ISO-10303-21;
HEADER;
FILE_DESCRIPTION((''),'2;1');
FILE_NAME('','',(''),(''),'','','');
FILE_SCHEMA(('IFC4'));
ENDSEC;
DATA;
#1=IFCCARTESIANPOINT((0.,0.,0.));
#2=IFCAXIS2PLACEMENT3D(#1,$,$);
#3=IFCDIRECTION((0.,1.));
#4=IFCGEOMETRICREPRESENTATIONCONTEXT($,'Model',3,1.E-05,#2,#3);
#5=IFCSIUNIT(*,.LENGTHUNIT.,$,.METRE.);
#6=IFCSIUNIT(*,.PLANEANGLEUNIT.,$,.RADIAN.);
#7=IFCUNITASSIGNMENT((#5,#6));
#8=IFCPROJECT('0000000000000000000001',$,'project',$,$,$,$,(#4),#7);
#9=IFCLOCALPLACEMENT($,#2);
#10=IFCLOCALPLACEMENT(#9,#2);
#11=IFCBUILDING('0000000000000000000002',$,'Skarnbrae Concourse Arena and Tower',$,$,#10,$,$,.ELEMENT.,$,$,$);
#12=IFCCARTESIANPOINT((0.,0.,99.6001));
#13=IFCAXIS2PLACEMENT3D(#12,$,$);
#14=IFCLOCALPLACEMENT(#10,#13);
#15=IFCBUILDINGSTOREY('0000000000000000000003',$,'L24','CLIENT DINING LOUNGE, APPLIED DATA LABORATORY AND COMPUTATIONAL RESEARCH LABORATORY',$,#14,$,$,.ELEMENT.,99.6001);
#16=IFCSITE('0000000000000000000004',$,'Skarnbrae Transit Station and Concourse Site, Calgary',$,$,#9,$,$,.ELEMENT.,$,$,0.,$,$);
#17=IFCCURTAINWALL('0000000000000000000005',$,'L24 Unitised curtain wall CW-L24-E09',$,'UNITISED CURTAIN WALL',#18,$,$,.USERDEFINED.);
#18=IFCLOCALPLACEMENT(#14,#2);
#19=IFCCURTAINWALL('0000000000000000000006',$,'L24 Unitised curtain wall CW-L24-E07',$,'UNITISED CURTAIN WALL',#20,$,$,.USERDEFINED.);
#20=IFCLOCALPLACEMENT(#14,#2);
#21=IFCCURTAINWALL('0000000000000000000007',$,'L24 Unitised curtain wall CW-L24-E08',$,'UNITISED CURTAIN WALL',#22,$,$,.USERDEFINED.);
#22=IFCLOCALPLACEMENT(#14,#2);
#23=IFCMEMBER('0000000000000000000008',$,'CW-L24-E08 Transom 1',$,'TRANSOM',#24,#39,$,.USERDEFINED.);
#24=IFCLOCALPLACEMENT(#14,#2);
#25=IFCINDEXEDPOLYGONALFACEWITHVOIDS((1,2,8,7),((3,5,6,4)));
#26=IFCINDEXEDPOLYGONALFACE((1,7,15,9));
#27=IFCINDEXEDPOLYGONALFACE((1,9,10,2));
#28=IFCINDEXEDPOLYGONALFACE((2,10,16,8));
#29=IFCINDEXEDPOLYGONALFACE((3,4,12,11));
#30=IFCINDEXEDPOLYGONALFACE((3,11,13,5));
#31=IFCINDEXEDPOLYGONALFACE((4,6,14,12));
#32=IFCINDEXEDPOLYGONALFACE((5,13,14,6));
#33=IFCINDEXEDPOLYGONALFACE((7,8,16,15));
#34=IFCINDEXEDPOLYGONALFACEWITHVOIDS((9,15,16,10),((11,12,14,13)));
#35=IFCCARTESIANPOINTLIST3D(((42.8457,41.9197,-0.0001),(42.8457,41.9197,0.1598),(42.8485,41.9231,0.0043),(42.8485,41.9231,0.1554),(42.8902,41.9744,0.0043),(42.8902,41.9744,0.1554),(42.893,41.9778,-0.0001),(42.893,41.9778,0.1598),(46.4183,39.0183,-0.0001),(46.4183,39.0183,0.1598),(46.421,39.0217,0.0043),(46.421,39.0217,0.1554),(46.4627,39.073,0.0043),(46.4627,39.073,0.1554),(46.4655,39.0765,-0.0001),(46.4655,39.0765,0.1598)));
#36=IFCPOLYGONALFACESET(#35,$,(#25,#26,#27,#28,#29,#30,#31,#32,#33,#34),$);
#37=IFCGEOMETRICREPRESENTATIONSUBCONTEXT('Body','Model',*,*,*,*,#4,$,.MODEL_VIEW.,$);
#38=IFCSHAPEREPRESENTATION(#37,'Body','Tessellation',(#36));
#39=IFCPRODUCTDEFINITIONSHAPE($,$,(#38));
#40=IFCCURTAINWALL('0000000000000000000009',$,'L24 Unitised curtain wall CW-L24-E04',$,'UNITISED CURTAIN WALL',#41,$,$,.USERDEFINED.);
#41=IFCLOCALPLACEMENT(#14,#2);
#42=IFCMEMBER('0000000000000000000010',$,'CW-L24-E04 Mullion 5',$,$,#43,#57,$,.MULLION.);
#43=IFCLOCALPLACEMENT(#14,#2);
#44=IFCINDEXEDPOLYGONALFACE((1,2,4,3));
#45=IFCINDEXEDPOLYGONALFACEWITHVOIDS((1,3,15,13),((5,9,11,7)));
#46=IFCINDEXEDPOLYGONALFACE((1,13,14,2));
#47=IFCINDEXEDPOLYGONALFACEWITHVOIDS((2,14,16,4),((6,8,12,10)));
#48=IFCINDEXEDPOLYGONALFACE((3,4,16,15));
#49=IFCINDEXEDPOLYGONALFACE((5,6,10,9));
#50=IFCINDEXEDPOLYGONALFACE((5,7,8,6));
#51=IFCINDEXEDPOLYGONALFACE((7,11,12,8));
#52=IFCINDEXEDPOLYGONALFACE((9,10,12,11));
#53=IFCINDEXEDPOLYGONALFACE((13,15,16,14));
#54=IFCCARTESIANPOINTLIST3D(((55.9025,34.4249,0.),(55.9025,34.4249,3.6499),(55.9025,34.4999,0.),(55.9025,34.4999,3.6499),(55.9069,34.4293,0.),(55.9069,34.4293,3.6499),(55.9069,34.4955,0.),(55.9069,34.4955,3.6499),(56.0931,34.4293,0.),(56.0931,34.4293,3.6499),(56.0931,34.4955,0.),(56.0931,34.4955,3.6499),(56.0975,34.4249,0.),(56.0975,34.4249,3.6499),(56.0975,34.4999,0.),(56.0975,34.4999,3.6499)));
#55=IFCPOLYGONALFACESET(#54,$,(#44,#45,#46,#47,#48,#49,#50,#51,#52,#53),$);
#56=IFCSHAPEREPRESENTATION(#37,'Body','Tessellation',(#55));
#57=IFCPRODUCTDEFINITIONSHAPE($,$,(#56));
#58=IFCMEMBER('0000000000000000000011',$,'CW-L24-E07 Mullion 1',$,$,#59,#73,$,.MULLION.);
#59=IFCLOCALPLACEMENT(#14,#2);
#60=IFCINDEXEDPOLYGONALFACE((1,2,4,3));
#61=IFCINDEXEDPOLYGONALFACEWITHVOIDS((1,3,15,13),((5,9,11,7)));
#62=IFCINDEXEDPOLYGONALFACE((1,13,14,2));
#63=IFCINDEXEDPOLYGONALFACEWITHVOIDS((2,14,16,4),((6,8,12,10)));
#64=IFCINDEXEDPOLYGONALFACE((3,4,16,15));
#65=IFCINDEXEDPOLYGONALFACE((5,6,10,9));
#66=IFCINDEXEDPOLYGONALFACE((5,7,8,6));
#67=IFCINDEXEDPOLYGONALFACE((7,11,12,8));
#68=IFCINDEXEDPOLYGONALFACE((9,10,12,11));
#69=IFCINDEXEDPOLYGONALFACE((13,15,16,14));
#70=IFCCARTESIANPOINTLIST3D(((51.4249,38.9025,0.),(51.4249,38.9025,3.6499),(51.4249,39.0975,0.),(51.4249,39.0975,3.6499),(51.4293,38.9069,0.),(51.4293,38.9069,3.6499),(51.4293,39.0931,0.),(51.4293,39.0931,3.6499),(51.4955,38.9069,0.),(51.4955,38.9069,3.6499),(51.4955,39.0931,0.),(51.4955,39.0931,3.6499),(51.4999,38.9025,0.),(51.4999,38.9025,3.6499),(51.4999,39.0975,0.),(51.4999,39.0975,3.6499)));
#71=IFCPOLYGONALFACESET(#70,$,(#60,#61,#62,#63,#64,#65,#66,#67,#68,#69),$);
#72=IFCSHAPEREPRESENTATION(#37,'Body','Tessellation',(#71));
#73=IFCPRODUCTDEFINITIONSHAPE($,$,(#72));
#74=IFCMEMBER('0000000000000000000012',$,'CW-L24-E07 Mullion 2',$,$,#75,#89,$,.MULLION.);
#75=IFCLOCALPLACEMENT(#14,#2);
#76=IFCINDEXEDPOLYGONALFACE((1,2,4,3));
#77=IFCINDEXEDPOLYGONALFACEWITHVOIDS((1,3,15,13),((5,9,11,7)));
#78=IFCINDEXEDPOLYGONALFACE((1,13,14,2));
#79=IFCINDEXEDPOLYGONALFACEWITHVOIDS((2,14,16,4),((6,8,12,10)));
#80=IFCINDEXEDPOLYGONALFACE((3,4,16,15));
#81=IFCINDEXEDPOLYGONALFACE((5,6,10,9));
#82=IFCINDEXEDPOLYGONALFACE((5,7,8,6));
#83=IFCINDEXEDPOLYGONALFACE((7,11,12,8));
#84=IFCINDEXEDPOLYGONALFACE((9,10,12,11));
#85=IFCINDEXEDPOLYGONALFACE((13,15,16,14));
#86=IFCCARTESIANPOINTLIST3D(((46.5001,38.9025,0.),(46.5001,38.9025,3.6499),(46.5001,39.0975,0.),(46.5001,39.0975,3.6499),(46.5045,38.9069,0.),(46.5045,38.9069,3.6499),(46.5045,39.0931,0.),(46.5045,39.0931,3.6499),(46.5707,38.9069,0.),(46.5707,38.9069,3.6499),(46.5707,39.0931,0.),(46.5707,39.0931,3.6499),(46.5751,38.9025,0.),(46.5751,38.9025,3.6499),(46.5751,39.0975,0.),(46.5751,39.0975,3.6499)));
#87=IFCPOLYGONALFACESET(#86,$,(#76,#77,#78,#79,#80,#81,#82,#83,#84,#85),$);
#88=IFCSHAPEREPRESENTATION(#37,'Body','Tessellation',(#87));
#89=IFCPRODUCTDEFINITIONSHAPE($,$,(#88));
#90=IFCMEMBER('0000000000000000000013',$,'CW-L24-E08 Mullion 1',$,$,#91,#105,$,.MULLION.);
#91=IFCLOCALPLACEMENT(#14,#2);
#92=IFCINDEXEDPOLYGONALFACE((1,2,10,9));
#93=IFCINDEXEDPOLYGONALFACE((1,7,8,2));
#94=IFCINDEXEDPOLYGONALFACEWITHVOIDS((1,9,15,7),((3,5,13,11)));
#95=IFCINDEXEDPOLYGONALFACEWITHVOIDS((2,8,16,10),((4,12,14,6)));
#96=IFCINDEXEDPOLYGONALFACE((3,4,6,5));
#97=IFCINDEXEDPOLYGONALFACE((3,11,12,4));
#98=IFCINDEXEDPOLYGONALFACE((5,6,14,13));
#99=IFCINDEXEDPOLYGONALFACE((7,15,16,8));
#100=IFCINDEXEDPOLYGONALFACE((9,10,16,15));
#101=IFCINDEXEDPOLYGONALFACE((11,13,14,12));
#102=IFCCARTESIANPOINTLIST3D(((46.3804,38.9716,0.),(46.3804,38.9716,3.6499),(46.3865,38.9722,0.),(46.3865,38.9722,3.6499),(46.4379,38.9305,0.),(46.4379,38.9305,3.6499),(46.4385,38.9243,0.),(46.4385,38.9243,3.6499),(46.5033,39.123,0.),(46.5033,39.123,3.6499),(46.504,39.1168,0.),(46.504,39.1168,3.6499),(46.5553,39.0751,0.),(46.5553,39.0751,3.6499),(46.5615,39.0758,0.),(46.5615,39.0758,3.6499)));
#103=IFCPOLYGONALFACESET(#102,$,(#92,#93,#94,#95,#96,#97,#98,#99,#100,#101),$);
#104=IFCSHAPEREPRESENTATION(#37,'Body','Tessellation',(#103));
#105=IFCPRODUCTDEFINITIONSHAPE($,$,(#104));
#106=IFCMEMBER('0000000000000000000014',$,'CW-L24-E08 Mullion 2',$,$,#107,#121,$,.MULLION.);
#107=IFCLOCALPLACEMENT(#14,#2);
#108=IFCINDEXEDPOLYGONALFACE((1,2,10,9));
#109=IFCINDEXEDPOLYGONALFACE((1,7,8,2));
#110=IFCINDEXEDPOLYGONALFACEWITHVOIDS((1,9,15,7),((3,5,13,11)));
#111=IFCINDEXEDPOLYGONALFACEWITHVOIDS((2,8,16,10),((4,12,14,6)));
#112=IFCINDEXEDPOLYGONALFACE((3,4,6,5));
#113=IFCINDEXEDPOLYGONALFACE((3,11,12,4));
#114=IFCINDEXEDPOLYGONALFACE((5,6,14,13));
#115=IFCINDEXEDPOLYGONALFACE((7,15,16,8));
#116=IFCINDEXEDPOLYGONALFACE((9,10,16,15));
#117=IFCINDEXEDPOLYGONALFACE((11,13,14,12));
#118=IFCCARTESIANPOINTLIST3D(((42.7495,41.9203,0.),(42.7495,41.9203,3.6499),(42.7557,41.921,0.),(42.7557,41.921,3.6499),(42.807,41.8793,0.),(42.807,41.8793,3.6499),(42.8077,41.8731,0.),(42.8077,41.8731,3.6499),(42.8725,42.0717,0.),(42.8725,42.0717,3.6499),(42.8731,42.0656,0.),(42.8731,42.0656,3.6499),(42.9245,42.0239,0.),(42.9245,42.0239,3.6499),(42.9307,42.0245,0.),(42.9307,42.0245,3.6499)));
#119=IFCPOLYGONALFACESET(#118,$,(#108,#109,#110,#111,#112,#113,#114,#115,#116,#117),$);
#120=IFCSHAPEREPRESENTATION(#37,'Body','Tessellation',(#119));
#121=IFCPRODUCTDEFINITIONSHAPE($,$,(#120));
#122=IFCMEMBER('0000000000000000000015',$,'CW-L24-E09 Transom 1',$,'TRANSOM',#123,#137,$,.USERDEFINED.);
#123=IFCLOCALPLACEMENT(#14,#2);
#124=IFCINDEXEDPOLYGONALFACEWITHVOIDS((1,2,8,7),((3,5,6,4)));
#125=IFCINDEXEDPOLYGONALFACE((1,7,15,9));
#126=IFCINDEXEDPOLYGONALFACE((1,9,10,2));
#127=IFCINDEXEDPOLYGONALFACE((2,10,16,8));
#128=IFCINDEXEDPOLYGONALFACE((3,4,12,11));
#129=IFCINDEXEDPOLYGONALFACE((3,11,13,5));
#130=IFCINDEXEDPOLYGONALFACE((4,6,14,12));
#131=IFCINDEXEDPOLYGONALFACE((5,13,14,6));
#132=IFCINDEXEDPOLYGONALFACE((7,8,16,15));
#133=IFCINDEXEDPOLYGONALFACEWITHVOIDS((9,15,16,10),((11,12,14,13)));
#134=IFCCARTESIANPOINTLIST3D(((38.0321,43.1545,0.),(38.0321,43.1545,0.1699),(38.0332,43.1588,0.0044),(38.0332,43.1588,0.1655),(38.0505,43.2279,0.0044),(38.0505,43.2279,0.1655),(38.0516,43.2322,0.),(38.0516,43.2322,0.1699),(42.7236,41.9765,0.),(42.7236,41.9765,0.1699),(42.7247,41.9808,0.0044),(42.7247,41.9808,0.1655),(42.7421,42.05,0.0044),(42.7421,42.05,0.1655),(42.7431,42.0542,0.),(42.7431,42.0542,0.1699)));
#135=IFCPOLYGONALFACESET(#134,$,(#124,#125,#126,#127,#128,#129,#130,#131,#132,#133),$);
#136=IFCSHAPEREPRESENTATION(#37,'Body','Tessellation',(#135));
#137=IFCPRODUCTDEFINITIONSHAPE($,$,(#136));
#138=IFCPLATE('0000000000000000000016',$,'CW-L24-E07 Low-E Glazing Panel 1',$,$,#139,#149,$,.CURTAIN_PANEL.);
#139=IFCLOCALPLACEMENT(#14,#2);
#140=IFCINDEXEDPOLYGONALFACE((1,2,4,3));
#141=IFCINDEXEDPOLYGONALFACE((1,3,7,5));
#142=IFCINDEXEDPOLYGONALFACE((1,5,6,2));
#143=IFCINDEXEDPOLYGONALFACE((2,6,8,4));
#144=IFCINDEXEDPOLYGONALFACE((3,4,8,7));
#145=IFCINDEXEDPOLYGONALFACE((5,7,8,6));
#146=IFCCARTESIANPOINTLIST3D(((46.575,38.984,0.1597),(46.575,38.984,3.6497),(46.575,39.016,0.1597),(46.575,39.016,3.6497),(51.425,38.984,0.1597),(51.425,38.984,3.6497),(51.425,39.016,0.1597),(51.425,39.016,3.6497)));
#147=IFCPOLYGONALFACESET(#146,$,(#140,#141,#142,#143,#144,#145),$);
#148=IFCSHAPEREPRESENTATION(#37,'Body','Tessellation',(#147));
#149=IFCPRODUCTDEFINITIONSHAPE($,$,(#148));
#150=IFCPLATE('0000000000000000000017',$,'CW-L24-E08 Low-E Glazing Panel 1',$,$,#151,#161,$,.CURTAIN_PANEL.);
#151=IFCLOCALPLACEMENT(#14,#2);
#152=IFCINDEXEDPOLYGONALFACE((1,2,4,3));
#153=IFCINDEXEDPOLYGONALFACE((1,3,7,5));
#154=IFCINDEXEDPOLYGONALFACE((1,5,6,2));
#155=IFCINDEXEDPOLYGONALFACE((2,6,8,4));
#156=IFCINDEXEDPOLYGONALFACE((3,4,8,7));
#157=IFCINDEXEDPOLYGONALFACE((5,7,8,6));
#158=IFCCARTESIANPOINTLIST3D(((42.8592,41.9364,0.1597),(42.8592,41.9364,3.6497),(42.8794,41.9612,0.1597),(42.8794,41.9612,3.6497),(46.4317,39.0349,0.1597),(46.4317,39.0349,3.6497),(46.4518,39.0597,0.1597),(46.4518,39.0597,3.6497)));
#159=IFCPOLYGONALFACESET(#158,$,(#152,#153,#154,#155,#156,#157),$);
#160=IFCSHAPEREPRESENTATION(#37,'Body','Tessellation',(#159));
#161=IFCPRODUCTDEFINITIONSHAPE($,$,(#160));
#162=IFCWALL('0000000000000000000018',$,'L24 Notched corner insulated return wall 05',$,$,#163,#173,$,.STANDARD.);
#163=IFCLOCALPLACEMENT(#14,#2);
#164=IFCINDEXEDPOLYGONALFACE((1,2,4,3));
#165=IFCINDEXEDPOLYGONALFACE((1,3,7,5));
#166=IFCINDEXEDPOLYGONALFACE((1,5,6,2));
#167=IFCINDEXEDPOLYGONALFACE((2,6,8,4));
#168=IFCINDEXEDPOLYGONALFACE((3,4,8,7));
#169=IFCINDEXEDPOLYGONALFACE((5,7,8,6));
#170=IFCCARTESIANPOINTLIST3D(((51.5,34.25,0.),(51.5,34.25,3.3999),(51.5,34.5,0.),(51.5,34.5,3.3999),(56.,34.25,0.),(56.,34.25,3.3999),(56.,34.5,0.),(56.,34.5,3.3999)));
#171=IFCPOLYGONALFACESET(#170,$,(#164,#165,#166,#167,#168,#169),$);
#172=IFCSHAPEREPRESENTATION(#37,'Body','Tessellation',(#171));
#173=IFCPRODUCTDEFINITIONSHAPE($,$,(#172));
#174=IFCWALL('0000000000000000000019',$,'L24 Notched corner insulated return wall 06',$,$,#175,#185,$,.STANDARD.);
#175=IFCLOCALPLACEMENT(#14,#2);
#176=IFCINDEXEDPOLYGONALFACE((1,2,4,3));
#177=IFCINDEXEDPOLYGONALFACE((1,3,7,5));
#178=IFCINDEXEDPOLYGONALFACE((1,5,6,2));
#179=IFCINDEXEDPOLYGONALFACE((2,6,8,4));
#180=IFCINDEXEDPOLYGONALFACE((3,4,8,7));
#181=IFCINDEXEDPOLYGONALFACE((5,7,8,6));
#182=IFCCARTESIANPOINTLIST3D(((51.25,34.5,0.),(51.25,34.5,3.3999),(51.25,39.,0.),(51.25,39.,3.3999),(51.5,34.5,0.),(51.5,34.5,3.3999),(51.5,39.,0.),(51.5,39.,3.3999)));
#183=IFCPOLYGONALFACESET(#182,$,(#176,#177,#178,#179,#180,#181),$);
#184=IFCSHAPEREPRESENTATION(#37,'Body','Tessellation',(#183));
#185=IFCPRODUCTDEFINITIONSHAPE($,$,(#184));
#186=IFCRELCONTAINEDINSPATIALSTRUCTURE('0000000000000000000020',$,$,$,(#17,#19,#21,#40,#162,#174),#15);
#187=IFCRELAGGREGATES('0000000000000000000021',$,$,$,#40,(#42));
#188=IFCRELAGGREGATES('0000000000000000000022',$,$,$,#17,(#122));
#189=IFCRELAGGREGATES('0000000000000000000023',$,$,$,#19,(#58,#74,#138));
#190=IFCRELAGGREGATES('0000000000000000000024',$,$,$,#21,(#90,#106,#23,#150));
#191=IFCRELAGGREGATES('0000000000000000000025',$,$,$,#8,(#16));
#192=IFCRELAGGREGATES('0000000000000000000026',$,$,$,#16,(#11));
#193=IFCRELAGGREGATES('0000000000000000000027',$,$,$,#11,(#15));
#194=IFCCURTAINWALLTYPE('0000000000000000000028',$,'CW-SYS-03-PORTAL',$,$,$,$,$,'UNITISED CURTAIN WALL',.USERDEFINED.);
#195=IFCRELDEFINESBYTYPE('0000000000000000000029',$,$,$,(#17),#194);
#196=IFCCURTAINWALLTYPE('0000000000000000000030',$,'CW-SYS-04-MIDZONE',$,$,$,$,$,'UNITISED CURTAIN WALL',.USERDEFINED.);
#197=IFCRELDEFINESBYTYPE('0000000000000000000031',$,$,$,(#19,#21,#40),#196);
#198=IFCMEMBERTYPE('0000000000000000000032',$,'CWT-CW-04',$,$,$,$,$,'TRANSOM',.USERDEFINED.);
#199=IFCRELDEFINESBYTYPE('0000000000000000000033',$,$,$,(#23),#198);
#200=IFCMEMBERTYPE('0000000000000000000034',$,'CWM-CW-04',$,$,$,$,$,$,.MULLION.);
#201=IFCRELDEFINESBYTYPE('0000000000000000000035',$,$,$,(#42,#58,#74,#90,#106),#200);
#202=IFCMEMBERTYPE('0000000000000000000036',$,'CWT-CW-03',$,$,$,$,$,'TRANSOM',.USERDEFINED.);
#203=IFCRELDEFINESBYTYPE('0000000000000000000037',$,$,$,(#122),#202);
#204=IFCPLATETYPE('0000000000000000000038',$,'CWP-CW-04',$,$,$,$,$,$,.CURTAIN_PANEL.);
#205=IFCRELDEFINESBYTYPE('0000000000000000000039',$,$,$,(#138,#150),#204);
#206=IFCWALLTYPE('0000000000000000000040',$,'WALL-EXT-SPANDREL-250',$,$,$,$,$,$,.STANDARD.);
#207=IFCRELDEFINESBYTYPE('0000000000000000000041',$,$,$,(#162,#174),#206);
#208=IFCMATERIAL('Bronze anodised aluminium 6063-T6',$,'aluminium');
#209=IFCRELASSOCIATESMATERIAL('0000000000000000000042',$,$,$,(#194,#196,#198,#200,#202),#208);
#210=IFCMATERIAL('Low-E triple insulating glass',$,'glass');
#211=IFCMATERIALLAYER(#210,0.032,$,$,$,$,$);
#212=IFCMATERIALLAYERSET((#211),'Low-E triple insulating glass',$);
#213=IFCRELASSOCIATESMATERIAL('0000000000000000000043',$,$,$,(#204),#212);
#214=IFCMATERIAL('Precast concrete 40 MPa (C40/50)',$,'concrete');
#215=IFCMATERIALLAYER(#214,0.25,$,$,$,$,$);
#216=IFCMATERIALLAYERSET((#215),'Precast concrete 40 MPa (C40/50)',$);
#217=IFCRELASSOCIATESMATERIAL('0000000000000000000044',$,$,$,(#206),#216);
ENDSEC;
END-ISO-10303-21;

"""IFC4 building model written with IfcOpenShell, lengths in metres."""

from ifc_helpers import new_model, si_unit, direction, frame, frame_2d, origin, origin_2d, place, context, subcontext, project, spatial, rectangle, hollow_rectangle, extrude, source, transform, mapped, material, layer, layer_set, material_profile, profile_set, type_object, element, aggregate, save


model = new_model("IFC4")

# Units and contexts
model_context = context("Model", 3, precision=1e-05, world=origin(), true_north=direction((0.0, 1.0)))
body_context = subcontext(model_context, "Body", "Model", "MODEL_VIEW")
ifc_project = project(units=[si_unit("LENGTHUNIT", "METRE"), si_unit("PLANEANGLEUNIT", "RADIAN")], contexts=[model_context])

# Site, building, storey
site_placement = place(None, origin())
site = spatial("IfcSite", under=ifc_project, at=site_placement, Name="Skarnbrae Transit Station and Concourse Site, Calgary", CompositionType="ELEMENT", RefElevation=0.0)
building_placement = place(site_placement, origin())
building = spatial("IfcBuilding", under=site, at=building_placement, Name="Skarnbrae Concourse Arena and Tower", CompositionType="ELEMENT")
storey_placement = place(building_placement, frame((0.0, 0.0, 99.6001)))
storey = spatial("IfcBuildingStorey", under=building, at=storey_placement, Name="L24", Description="CLIENT DINING LOUNGE, APPLIED DATA LABORATORY AND COMPUTATIONAL RESEARCH LABORATORY", CompositionType="ELEMENT", Elevation=99.6001)

# Curtain walls, members
ifc_material_1 = material(Name="Bronze anodised aluminium 6063-T6", Category="aluminium")
curtain_wall_type_1 = type_object("IfcCurtainWallType", Name="CW-SYS-03-PORTAL", ElementType="UNITISED CURTAIN WALL", PredefinedType="USERDEFINED", material=ifc_material_1)
curtain_wall_1_placement = place(storey_placement, origin())
curtain_wall_1 = element("IfcCurtainWall", 1, at=curtain_wall_1_placement, inside=storey, type_object=curtain_wall_type_1, Name="L24 Unitised curtain wall CW-L24-E09", ObjectType="UNITISED CURTAIN WALL", PredefinedType="USERDEFINED")
curtain_wall_type_2 = type_object("IfcCurtainWallType", Name="CW-SYS-04-MIDZONE", ElementType="UNITISED CURTAIN WALL", PredefinedType="USERDEFINED", material=ifc_material_1)
curtain_wall_2_placement = place(storey_placement, origin())
curtain_wall_2 = element("IfcCurtainWall", 2, at=curtain_wall_2_placement, inside=storey, type_object=curtain_wall_type_2, Name="L24 Unitised curtain wall CW-L24-E07", ObjectType="UNITISED CURTAIN WALL", PredefinedType="USERDEFINED")
ifc_material_profile_1 = material_profile(ifc_material_1, hollow_rectangle(XDim=0.075, YDim=0.1599, WallThickness=0.0044, at=origin_2d()), Name="ALU-TRAN-75X160")
ifc_profile_set_1 = profile_set([ifc_material_profile_1], Name="Bronze anodised aluminium 6063-T6")
member_type_1 = type_object("IfcMemberType", Name="CWT-CW-04", ElementType="TRANSOM", PredefinedType="USERDEFINED", material=ifc_profile_set_1)
curtain_wall_3_placement = place(storey_placement, origin())
curtain_wall_3 = element("IfcCurtainWall", 3, at=curtain_wall_3_placement, inside=storey, type_object=curtain_wall_type_2, Name="L24 Unitised curtain wall CW-L24-E08", ObjectType="UNITISED CURTAIN WALL", PredefinedType="USERDEFINED")
shared_shape_1 = source(origin(), body_context, "Body", "SweptSolid", [
    extrude(hollow_rectangle(XDim=0.075, YDim=0.1599, WallThickness=0.0044, at=origin_2d()), origin(), (0.0, 0.0, 1.0), 4.6023),
])
member_1_placement = place(storey_placement, frame((46.4419, 39.0474, 0.0798), z_axis=(-0.776252, 0.630423, 0.0), x_axis=(-0.630423, -0.776252, 0.0)))
member_1 = element("IfcMember", 4, at=member_1_placement, type_object=member_type_1, Name="CW-L24-E08 Transom 1", ObjectType="TRANSOM", PredefinedType="USERDEFINED", context=body_context, shape_type="MappedRepresentation", body=[
    mapped(shared_shape_1, transform((0.0, 0.0, 0.0))),
])
curtain_wall_4_placement = place(storey_placement, origin())
curtain_wall_4 = element("IfcCurtainWall", 5, at=curtain_wall_4_placement, inside=storey, type_object=curtain_wall_type_2, Name="L24 Unitised curtain wall CW-L24-E04", ObjectType="UNITISED CURTAIN WALL", PredefinedType="USERDEFINED")
ifc_material_profile_2 = material_profile(ifc_material_1, hollow_rectangle(XDim=0.075, YDim=0.1951, WallThickness=0.0044, at=origin_2d()), Name="ALU-MULL-75X195")
ifc_profile_set_2 = profile_set([ifc_material_profile_2], Name="Bronze anodised aluminium 6063-T6")
member_type_2 = type_object("IfcMemberType", Name="CWM-CW-04", PredefinedType="MULLION", material=ifc_profile_set_2)
shared_shape_2 = source(origin(), body_context, "Body", "SweptSolid", [
    extrude(hollow_rectangle(XDim=0.075, YDim=0.1951, WallThickness=0.0044, at=origin_2d()), origin(), (0.0, 0.0, 1.0), 3.6499),
])
member_2_placement = place(storey_placement, frame((56.0, 34.4624, 0.0), z_axis=(0.0, 0.0, 1.0), x_axis=(0.0, 1.0, 0.0)))
member_2 = element("IfcMember", 6, at=member_2_placement, type_object=member_type_2, Name="CW-L24-E04 Mullion 5", PredefinedType="MULLION", context=body_context, shape_type="MappedRepresentation", body=[
    mapped(shared_shape_2, transform((0.0, 0.0, 0.0))),
])
aggregate(curtain_wall_4, [member_2])

# Members
member_3_placement = place(storey_placement, frame((51.4624, 39.0, 0.0), z_axis=(0.0, 0.0, 1.0), x_axis=(-1.0, 0.0, 0.0)))
member_3 = element("IfcMember", 7, at=member_3_placement, type_object=member_type_2, Name="CW-L24-E07 Mullion 1", PredefinedType="MULLION", context=body_context, shape_type="MappedRepresentation", body=[
    mapped(shared_shape_2, transform((0.0, 0.0, 0.0))),
])
member_4_placement = place(storey_placement, frame((46.5376, 39.0, 0.0), z_axis=(0.0, 0.0, 1.0), x_axis=(-1.0, 0.0, 0.0)))
member_4 = element("IfcMember", 8, at=member_4_placement, type_object=member_type_2, Name="CW-L24-E07 Mullion 2", PredefinedType="MULLION", context=body_context, shape_type="MappedRepresentation", body=[
    mapped(shared_shape_2, transform((0.0, 0.0, 0.0))),
])
member_5_placement = place(storey_placement, frame((46.4709, 39.0237, 0.0), z_axis=(0.0, 0.0, 1.0), x_axis=(-0.776241, 0.630436, 0.0)))
member_5 = element("IfcMember", 9, at=member_5_placement, type_object=member_type_2, Name="CW-L24-E08 Mullion 1", PredefinedType="MULLION", context=body_context, shape_type="MappedRepresentation", body=[
    mapped(shared_shape_2, transform((0.0, 0.0, 0.0))),
])
member_6_placement = place(storey_placement, frame((42.8401, 41.9724, 0.0), z_axis=(0.0, 0.0, 1.0), x_axis=(-0.776241, 0.630436, 0.0)))
member_6 = element("IfcMember", 10, at=member_6_placement, type_object=member_type_2, Name="CW-L24-E08 Mullion 2", PredefinedType="MULLION", context=body_context, shape_type="MappedRepresentation", body=[
    mapped(shared_shape_2, transform((0.0, 0.0, 0.0))),
])
ifc_material_profile_3 = material_profile(ifc_material_1, hollow_rectangle(XDim=0.0801, YDim=0.1699, WallThickness=0.0044, at=origin_2d()), Name="ALU-TRAN-80X170")
ifc_profile_set_3 = profile_set([ifc_material_profile_3], Name="Bronze anodised aluminium 6063-T6")
member_type_3 = type_object("IfcMemberType", Name="CWT-CW-03", ElementType="TRANSOM", PredefinedType="USERDEFINED", material=ifc_profile_set_3)
shared_shape_3 = source(origin(), body_context, "Body", "SweptSolid", [
    extrude(hollow_rectangle(XDim=0.0801, YDim=0.1699, WallThickness=0.0044, at=origin_2d()), origin(), (0.0, 0.0, 1.0), 4.8372),
])
member_7_placement = place(storey_placement, frame((42.7334, 42.0154, 0.085), z_axis=(-0.969896, 0.243521, 0.0), x_axis=(-0.243521, -0.969896, 0.0)))
member_7 = element("IfcMember", 11, at=member_7_placement, type_object=member_type_3, Name="CW-L24-E09 Transom 1", ObjectType="TRANSOM", PredefinedType="USERDEFINED", context=body_context, shape_type="MappedRepresentation", body=[
    mapped(shared_shape_3, transform((0.0, 0.0, 0.0))),
])
aggregate(curtain_wall_1, [member_7])

# Plates
ifc_material_2 = material(Name="Low-E triple insulating glass", Category="glass")
ifc_layer_1 = layer(ifc_material_2, 0.032)
ifc_layer_set_1 = layer_set([ifc_layer_1], Name="Low-E triple insulating glass")
plate_type = type_object("IfcPlateType", Name="CWP-CW-04", PredefinedType="CURTAIN_PANEL", material=ifc_layer_set_1)
shared_shape_4 = source(origin(), body_context, "Body", "SweptSolid", [
    extrude(rectangle(XDim=4.8501, YDim=0.032, at=origin_2d()), origin(), (0.0, 0.0, 1.0), 3.49),
])
plate_1_placement = place(storey_placement, frame((49.0, 39.0, 0.1597), z_axis=(0.0, 0.0, 1.0), x_axis=(-1.0, 0.0, 0.0)))
plate_1 = element("IfcPlate", 12, at=plate_1_placement, type_object=plate_type, Name="CW-L24-E07 Low-E Glazing Panel 1", PredefinedType="CURTAIN_PANEL", context=body_context, shape_type="MappedRepresentation", body=[
    mapped(shared_shape_4, transform((0.0, 0.0, 0.0))),
])
aggregate(curtain_wall_2, [member_3, member_4, plate_1])
shared_shape_5 = source(origin(), body_context, "Body", "SweptSolid", [
    extrude(rectangle(XDim=4.6023, YDim=0.032, at=origin_2d()), origin(), (0.0, 0.0, 1.0), 3.49),
])
plate_2_placement = place(storey_placement, frame((44.6555, 40.498, 0.1597), z_axis=(0.0, 0.0, 1.0), x_axis=(-0.776241, 0.630436, 0.0)))
plate_2 = element("IfcPlate", 13, at=plate_2_placement, type_object=plate_type, Name="CW-L24-E08 Low-E Glazing Panel 1", PredefinedType="CURTAIN_PANEL", context=body_context, shape_type="MappedRepresentation", body=[
    mapped(shared_shape_5, transform((0.0, 0.0, 0.0))),
])
aggregate(curtain_wall_3, [member_5, member_6, member_1, plate_2])

# Walls
ifc_material_3 = material(Name="Precast concrete 40 MPa (C40/50)", Category="concrete")
ifc_layer_2 = layer(ifc_material_3, 0.25)
ifc_layer_set_2 = layer_set([ifc_layer_2], Name="Precast concrete 40 MPa (C40/50)")
wall_type_1 = type_object("IfcWallType", Name="WALL-EXT-SPANDREL-250", PredefinedType="STANDARD", material=ifc_layer_set_2)
shared_shape_6 = source(origin(), body_context, "Body", "SweptSolid", [
    extrude(rectangle(XDim=4.5, YDim=0.25, at=frame_2d((2.25, 0.0))), origin(), (0.0, 0.0, 1.0), 3.3999),
])
for number, where, z_axis, x_axis, name in (
    (14, (56.0, 34.375, 0.0), (0.0, 0.0, 1.0), (-1.0, 0.0, 0.0), "L24 Notched corner insulated return wall 05"),
    (15, (51.375, 34.5, 0.0), (0.0, 0.0, 1.0), (0.0, 1.0, 0.0), "L24 Notched corner insulated return wall 06"),
):
    element("IfcWall", number, at=place(storey_placement, frame(where, z_axis=z_axis, x_axis=x_axis)), inside=storey, type_object=wall_type_1, Name=name, PredefinedType="STANDARD", context=body_context, shape_type="MappedRepresentation", body=[
        mapped(shared_shape_6, transform((0.0, 0.0, 0.0))),
    ])

save(model, "model.ifc")
